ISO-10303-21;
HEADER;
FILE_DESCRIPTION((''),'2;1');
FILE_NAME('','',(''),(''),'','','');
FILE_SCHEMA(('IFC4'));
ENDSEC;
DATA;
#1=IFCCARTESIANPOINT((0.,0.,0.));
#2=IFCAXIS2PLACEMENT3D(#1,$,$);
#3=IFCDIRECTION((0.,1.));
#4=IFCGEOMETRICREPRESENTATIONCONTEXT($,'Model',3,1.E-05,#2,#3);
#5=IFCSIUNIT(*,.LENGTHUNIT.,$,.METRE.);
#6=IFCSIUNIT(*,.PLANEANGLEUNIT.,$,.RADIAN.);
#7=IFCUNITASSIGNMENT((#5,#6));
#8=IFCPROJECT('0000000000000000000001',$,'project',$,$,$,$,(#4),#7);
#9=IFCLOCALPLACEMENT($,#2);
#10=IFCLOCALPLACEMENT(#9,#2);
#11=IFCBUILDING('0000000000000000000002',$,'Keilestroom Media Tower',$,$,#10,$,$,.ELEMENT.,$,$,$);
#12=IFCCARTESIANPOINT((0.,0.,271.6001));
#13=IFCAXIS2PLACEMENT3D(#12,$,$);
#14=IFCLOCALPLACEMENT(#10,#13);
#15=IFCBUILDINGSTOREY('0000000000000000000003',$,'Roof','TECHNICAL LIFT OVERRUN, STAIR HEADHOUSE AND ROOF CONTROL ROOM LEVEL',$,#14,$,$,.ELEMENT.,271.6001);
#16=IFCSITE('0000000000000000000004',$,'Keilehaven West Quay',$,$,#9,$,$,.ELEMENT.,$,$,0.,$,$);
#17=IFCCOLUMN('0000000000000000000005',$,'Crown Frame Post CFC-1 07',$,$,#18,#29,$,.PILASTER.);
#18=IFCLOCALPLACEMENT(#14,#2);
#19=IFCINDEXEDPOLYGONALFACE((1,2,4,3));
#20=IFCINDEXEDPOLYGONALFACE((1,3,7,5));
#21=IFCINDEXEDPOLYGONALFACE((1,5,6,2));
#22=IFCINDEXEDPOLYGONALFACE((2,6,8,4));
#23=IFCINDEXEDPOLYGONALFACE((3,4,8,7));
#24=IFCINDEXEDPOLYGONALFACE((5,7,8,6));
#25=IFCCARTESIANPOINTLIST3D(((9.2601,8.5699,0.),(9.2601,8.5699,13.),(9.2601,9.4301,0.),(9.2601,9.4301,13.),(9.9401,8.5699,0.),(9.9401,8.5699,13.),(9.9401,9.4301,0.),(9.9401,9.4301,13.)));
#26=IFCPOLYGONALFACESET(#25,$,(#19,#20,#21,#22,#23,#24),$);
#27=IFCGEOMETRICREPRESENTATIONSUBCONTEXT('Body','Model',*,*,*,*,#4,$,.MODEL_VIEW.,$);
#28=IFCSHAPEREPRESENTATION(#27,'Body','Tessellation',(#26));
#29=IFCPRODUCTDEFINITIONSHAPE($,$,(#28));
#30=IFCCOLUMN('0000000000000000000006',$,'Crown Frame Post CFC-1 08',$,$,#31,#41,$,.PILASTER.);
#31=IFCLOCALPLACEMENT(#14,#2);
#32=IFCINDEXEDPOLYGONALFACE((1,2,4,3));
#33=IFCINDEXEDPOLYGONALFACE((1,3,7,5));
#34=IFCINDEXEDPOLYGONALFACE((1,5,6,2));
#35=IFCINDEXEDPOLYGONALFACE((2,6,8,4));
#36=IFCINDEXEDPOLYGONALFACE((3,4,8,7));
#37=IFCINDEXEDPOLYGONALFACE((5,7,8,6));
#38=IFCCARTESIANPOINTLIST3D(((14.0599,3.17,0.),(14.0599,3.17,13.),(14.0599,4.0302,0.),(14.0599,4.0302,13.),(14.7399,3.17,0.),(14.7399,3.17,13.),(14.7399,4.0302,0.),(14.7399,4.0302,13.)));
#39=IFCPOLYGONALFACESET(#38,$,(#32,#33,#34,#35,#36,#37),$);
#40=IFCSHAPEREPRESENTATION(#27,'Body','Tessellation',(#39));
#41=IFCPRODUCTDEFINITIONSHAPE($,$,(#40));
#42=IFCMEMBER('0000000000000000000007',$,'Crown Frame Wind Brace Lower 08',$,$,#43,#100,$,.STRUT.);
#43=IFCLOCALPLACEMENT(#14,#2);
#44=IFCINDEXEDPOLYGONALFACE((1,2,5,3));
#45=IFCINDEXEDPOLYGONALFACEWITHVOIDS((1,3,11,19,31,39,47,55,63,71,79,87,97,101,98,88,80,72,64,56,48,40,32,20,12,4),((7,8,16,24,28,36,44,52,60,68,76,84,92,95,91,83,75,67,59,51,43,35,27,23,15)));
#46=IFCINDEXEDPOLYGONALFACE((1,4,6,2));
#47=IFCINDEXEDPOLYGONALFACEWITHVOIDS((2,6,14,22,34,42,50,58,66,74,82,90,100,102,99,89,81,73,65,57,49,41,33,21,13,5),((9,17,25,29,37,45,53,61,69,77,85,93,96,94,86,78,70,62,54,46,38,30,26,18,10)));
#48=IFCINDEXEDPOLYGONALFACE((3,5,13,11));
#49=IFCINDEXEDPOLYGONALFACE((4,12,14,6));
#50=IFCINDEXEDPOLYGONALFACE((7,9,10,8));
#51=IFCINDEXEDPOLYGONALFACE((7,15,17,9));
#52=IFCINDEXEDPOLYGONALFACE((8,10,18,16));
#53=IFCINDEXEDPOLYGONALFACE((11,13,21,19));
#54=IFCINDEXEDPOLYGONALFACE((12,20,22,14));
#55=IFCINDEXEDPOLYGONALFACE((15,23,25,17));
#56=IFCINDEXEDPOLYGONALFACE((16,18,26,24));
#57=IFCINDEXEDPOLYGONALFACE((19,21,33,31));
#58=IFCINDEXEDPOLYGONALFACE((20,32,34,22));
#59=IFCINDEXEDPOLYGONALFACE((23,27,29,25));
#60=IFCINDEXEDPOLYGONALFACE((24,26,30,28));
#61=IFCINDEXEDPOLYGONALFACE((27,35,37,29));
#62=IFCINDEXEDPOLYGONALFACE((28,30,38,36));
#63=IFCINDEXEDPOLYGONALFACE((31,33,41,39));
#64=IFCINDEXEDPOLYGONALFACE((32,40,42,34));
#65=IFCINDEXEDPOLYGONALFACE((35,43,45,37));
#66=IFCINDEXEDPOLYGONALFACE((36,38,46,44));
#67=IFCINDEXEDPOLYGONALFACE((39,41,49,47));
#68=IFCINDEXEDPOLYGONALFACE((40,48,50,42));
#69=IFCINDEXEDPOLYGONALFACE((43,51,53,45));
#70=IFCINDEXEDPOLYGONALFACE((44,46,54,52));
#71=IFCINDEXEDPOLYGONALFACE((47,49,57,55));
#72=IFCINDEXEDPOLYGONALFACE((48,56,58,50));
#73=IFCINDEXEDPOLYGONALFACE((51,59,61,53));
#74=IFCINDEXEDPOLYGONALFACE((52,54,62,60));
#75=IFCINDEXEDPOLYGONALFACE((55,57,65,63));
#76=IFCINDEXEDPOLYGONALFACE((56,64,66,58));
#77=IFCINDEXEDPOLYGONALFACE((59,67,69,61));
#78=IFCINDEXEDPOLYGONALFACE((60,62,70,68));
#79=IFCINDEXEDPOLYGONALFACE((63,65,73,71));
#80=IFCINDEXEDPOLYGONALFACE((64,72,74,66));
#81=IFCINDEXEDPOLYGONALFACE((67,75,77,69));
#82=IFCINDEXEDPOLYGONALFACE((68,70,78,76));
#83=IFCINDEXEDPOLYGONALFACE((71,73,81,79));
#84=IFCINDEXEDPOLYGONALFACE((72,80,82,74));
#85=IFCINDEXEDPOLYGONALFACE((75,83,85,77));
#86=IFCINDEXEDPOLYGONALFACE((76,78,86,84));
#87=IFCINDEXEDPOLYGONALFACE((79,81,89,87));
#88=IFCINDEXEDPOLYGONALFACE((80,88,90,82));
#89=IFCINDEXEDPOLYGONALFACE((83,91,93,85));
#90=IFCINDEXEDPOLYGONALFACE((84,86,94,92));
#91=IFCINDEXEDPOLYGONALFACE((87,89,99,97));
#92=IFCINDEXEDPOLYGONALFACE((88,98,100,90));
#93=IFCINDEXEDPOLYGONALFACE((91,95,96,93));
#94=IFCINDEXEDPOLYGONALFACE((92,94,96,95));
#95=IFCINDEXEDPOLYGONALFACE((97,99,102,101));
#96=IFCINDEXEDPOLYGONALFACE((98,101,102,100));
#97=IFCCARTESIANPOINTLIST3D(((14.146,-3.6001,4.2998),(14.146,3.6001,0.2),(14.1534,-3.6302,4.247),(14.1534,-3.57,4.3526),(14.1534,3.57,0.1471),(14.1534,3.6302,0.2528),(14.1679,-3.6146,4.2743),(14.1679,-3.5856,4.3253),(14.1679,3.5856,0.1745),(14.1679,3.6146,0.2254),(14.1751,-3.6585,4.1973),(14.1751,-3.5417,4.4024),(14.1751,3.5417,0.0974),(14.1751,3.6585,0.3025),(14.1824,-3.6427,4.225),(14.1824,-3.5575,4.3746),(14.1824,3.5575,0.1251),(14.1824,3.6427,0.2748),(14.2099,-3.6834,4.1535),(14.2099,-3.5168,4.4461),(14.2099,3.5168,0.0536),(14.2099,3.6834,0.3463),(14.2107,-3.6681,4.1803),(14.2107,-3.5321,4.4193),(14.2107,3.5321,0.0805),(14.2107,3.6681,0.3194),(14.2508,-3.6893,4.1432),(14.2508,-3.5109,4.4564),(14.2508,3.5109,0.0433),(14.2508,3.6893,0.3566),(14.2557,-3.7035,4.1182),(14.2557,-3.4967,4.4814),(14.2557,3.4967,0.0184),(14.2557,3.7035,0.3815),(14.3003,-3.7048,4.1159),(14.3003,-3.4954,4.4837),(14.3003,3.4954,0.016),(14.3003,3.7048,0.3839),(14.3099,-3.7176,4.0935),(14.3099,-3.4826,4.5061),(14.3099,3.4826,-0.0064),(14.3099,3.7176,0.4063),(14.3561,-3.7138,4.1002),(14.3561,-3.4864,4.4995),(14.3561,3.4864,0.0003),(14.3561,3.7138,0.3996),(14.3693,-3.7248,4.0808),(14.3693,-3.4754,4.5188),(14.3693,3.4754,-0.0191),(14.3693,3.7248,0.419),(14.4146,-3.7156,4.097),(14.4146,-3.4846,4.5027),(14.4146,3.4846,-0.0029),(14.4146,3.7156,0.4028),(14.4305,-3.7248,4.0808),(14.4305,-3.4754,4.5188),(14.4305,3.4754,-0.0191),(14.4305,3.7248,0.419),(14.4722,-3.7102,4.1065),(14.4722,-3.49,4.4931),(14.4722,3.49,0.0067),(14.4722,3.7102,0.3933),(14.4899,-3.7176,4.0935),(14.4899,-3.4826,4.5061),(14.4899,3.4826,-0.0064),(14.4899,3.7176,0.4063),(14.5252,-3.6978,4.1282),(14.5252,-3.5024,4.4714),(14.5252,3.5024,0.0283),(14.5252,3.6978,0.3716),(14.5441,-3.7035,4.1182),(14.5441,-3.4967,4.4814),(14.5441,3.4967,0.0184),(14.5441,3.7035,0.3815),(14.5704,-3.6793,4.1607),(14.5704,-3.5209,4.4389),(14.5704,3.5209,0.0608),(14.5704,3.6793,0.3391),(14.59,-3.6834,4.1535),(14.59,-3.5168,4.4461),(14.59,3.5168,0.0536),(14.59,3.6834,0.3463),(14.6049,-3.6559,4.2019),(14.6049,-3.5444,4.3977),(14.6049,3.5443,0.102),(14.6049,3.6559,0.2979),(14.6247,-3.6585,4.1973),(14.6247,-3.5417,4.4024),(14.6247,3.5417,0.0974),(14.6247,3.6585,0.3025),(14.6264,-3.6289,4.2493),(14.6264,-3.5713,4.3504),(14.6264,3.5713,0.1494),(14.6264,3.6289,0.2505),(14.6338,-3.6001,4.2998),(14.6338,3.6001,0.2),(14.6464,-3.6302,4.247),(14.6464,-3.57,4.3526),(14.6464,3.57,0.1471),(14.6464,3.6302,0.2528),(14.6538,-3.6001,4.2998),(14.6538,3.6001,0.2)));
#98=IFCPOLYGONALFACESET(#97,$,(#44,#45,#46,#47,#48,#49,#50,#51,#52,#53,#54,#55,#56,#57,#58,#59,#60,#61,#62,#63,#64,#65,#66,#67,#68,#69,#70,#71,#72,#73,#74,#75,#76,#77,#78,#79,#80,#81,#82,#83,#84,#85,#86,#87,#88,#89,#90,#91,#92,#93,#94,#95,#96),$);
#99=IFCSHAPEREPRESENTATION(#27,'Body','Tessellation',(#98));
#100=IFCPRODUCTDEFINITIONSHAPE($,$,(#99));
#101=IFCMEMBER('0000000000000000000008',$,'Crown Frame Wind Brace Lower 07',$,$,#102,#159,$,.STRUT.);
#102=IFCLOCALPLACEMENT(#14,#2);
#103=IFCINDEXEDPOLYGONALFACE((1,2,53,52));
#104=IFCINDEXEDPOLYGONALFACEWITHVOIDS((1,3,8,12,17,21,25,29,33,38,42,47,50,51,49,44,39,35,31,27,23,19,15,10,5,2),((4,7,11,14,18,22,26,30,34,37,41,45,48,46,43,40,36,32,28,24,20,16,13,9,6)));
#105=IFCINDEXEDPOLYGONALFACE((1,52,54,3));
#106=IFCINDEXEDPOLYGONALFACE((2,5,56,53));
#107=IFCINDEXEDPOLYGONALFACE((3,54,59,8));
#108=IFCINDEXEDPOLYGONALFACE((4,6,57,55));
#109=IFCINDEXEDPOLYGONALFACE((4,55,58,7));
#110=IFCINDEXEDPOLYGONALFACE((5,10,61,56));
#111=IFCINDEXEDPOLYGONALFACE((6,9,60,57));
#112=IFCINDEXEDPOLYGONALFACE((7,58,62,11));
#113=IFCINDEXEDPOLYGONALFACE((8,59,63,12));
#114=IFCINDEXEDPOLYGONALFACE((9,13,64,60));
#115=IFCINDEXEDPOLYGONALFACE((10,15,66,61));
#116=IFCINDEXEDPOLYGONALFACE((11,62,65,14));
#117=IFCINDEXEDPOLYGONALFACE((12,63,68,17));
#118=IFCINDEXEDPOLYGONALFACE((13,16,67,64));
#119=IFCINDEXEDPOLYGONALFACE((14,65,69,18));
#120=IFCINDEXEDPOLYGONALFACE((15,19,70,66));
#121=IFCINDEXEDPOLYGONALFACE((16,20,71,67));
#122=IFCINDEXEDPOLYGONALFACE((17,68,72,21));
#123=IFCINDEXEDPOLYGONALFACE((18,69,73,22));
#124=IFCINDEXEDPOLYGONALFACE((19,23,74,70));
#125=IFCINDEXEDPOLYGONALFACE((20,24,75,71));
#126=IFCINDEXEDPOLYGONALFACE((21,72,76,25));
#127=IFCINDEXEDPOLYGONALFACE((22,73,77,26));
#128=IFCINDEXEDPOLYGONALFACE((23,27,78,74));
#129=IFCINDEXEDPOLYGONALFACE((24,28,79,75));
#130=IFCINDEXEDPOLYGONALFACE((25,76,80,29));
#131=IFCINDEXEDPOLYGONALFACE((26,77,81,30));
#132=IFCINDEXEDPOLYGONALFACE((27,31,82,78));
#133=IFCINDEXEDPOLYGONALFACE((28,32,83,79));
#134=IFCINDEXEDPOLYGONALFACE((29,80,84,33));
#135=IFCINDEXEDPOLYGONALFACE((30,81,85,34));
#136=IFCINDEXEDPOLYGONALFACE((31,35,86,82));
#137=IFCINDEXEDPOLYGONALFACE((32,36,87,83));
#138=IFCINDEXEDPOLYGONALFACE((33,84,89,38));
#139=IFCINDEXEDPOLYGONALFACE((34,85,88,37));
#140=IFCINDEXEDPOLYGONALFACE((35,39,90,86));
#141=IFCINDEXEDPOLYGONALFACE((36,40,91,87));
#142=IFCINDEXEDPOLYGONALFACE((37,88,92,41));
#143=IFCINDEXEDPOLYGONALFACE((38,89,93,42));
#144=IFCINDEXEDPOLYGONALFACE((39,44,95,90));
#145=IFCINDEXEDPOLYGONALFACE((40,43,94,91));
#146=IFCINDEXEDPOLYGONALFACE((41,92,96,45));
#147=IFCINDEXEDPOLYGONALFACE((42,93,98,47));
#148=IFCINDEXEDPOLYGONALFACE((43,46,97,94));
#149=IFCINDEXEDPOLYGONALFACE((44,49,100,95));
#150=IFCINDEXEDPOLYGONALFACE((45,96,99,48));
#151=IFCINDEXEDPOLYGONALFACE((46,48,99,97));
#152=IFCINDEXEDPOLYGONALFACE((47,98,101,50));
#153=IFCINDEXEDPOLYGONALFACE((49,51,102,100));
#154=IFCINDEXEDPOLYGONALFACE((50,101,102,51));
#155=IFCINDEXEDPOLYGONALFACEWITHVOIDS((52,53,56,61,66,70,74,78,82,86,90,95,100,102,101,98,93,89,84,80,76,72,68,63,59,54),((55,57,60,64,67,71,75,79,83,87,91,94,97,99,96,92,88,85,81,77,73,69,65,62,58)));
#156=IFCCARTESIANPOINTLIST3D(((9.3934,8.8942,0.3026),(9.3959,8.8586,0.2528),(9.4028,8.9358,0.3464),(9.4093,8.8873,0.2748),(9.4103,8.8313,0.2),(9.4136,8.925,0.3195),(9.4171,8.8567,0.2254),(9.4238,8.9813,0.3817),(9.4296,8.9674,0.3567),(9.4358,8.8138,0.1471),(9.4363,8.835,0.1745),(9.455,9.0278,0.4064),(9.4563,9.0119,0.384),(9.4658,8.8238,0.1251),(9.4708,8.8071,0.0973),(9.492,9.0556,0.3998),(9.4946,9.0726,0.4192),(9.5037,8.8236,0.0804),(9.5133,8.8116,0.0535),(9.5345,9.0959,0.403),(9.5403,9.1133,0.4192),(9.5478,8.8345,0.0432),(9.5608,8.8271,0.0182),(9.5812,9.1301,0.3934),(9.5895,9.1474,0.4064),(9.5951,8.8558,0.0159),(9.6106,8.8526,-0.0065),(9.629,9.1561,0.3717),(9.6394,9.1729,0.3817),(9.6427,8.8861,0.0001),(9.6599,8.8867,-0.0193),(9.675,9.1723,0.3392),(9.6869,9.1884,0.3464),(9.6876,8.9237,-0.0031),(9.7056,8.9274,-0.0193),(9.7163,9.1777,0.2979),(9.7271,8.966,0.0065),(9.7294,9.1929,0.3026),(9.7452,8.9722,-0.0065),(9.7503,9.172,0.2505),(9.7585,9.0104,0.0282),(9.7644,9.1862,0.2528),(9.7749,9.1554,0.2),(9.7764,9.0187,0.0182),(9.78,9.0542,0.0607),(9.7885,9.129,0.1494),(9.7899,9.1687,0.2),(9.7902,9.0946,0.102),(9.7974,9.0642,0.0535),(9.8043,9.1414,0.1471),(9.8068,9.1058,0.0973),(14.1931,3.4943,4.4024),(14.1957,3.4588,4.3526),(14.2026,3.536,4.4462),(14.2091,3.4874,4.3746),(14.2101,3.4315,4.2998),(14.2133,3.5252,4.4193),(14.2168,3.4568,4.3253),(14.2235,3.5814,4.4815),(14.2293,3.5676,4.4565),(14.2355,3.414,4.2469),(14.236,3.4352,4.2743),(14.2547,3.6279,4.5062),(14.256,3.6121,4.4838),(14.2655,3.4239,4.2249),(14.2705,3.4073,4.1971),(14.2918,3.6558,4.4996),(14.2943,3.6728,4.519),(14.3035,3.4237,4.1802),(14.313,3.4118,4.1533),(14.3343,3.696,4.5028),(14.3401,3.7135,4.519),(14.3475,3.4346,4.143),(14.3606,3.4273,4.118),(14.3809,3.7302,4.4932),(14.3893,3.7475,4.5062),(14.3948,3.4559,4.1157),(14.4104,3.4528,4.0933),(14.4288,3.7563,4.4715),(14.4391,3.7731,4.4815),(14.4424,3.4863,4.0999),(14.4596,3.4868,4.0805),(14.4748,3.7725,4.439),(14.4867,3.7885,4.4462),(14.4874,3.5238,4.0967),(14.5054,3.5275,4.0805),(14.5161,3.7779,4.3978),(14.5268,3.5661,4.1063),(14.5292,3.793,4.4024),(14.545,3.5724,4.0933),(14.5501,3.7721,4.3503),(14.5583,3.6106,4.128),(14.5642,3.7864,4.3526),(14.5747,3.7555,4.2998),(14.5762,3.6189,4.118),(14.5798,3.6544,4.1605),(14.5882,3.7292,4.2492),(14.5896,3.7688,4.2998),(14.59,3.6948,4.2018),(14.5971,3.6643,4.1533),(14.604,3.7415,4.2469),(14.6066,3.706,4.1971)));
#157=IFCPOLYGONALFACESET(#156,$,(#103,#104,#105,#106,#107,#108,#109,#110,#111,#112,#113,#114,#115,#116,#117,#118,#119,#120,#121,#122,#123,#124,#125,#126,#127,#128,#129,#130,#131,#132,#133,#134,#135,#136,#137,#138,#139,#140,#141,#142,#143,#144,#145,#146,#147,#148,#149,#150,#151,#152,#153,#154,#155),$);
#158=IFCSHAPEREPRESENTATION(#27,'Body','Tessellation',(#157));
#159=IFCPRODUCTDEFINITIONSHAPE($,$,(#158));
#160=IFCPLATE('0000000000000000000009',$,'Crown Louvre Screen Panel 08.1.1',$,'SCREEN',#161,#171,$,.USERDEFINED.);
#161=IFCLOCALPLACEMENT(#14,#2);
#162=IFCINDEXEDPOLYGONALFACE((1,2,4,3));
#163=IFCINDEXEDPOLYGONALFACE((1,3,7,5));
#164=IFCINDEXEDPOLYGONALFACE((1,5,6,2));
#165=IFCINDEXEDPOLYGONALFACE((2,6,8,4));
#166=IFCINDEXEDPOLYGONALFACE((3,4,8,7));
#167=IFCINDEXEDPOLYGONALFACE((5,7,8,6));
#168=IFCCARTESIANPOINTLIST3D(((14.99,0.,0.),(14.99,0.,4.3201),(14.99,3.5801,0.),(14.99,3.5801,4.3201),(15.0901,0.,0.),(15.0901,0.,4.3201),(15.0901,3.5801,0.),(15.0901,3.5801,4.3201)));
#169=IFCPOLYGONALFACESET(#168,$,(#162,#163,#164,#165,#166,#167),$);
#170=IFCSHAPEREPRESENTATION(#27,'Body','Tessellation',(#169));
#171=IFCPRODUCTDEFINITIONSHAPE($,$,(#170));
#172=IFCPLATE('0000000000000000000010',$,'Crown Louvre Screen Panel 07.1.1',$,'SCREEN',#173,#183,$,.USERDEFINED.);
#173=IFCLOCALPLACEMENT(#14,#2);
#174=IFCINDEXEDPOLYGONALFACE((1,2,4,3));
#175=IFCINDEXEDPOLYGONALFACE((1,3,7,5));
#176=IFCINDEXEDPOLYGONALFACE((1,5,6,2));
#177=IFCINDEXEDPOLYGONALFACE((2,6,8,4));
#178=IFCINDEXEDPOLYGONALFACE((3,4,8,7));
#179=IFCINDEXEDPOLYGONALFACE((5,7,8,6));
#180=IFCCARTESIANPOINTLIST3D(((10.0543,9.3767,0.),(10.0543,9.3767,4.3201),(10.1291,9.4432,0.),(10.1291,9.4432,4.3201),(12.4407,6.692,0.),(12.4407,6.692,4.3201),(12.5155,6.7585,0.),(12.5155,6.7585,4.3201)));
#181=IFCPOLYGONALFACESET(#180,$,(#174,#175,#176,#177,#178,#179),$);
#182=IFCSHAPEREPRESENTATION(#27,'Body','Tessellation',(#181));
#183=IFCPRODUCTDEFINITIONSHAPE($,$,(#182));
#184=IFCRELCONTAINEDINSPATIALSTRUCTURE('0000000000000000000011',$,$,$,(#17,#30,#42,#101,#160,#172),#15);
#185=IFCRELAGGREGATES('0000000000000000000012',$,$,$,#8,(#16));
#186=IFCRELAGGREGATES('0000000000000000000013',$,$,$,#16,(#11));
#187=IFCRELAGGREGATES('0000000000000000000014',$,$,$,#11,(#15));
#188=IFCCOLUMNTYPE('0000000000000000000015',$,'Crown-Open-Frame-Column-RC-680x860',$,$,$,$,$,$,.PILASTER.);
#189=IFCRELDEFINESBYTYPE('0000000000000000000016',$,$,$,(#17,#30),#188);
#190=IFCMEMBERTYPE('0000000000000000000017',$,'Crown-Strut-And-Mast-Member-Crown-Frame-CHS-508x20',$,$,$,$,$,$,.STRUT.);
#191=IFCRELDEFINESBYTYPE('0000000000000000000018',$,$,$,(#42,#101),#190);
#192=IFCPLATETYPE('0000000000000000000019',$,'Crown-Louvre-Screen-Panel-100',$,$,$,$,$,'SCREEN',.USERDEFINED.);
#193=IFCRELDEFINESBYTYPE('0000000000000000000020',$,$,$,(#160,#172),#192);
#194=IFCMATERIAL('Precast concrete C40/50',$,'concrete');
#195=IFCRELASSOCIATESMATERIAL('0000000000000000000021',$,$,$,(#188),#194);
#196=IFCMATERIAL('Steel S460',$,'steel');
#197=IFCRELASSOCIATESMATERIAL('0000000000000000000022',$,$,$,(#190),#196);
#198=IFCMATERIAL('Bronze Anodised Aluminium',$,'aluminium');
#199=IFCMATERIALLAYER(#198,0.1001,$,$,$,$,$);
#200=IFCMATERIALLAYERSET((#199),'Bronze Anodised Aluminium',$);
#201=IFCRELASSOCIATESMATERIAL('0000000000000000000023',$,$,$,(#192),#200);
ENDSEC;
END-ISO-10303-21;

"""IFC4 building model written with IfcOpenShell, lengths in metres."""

from ifc_helpers import new_model, si_unit, direction, frame, origin, origin_2d, place, context, subcontext, project, spatial, rectangle, hollow_circle, extrude, source, transform, mapped, material, layer, layer_set, material_profile, profile_set, type_object, element, save


model = new_model("IFC4")

# Units and contexts
model_context = context("Model", 3, precision=1e-05, world=origin(), true_north=direction((0.0, 1.0)))
body_context = subcontext(model_context, "Body", "Model", "MODEL_VIEW")
ifc_project = project(units=[si_unit("LENGTHUNIT", "METRE"), si_unit("PLANEANGLEUNIT", "RADIAN")], contexts=[model_context])

# Site, building, storey
site_placement = place(None, origin())
site = spatial("IfcSite", under=ifc_project, at=site_placement, Name="Keilehaven West Quay", CompositionType="ELEMENT", RefElevation=0.0)
building_placement = place(site_placement, origin())
building = spatial("IfcBuilding", under=site, at=building_placement, Name="Keilestroom Media Tower", CompositionType="ELEMENT")
storey_placement = place(building_placement, frame((0.0, 0.0, 271.6001)))
storey = spatial("IfcBuildingStorey", under=building, at=storey_placement, Name="Roof", Description="TECHNICAL LIFT OVERRUN, STAIR HEADHOUSE AND ROOF CONTROL ROOM LEVEL", CompositionType="ELEMENT", Elevation=271.6001)

# Columns
ifc_material_1 = material(Name="Precast concrete C40/50", Category="concrete")
ifc_material_profile_1 = material_profile(ifc_material_1, rectangle(XDim=0.6799, YDim=0.8601, at=origin_2d()), Name="CF 860x680")
ifc_profile_set_1 = profile_set([ifc_material_profile_1], Name="Precast concrete C40/50")
column_type = type_object("IfcColumnType", Name="Crown-Open-Frame-Column-RC-680x860", PredefinedType="PILASTER", material=ifc_profile_set_1)
shared_shape_1 = source(origin(), body_context, "Body", "SweptSolid", [
    extrude(rectangle(XDim=0.6799, YDim=0.8601, at=origin_2d()), origin(), (0.0, 0.0, 1.0), 13.0),
])
for number, where, z_axis, x_axis, name in (
    (1, (9.6001, 9.0, 0.0), (0.0, 0.0, 1.0), (1.0, 0.0, 0.0), "Crown Frame Post CFC-1 07"),
    (2, (14.3999, 3.6001, 0.0), (0.0, 0.0, 1.0), (1.0, 0.0, 0.0), "Crown Frame Post CFC-1 08"),
):
    element("IfcColumn", number, at=place(storey_placement, frame(where, z_axis=z_axis, x_axis=x_axis)), inside=storey, type_object=column_type, Name=name, PredefinedType="PILASTER", context=body_context, shape_type="MappedRepresentation", body=[
        mapped(shared_shape_1, transform((0.0, 0.0, 0.0), x_axis=(1.0, 0.0, 0.0), y_axis=(0.0, 1.0, 0.0), z_axis=(0.0, 0.0, 1.0), scale=1.0)),
    ])

# Members
ifc_material_2 = material(Name="Steel S460", Category="steel")
ifc_material_profile_2 = material_profile(ifc_material_2, hollow_circle(Radius=0.2539, WallThickness=0.02, at=origin_2d()), Name="CHS 508x20")
ifc_profile_set_2 = profile_set([ifc_material_profile_2], Name="Steel S460")
member_type = type_object("IfcMemberType", Name="Crown-Strut-And-Mast-Member-Crown-Frame-CHS-508x20", PredefinedType="STRUT", material=ifc_profile_set_2)
shared_shape_2 = source(origin(), body_context, "Body", "SweptSolid", [
    extrude(hollow_circle(Radius=0.2539, WallThickness=0.02, at=origin_2d()), origin(), (0.0, 0.0, 1.0), 8.2856),
])
member_1_placement = place(storey_placement, frame((14.3999, 3.6001, 0.2), z_axis=(0.0, -0.868998, 0.494815), x_axis=(1.0, 0.0, 0.0)))
element("IfcMember", 3, at=member_1_placement, inside=storey, type_object=member_type, Name="Crown Frame Wind Brace Lower 08", PredefinedType="STRUT", context=body_context, shape_type="MappedRepresentation", body=[
    mapped(shared_shape_2, transform((0.0, 0.0, 0.0), x_axis=(1.0, 0.0, 0.0), y_axis=(0.0, 1.0, 0.0), z_axis=(0.0, 0.0, 1.0), scale=1.0)),
])
shared_shape_3 = source(origin(), body_context, "Body", "SweptSolid", [
    extrude(hollow_circle(Radius=0.2539, WallThickness=0.02, at=origin_2d()), origin(), (0.0, 0.0, 1.0), 8.3069),
])
member_2_placement = place(storey_placement, frame((9.6001, 9.0, 0.2), z_axis=(0.577804, -0.650044, 0.493543), x_axis=(0.747417, 0.664355, 0.0)))
element("IfcMember", 4, at=member_2_placement, inside=storey, type_object=member_type, Name="Crown Frame Wind Brace Lower 07", PredefinedType="STRUT", context=body_context, shape_type="MappedRepresentation", body=[
    mapped(shared_shape_3, transform((0.0, 0.0, 0.0), x_axis=(1.0, 0.0, 0.0), y_axis=(0.0, 1.0, 0.0), z_axis=(0.0, 0.0, 1.0), scale=1.0)),
])

# Plates
ifc_material_3 = material(Name="Bronze Anodised Aluminium", Category="aluminium")
ifc_layer_1 = layer(ifc_material_3, 0.1001)
ifc_layer_set_1 = layer_set([ifc_layer_1], Name="Bronze Anodised Aluminium")
plate_type = type_object("IfcPlateType", Name="Crown-Louvre-Screen-Panel-100", ElementType="SCREEN", PredefinedType="USERDEFINED", material=ifc_layer_set_1)
shared_shape_4 = source(origin(), body_context, "Body", "SweptSolid", [
    extrude(rectangle(XDim=3.5801, YDim=0.1001, at=origin_2d()), origin(), (0.0, 0.0, 1.0), 4.3201),
])
plate_1_placement = place(storey_placement, frame((15.04, 1.79, 0.0), z_axis=(0.0, 0.0, 1.0), x_axis=(0.0, -1.0, 0.0)))
element("IfcPlate", 5, at=plate_1_placement, inside=storey, type_object=plate_type, Name="Crown Louvre Screen Panel 08.1.1", ObjectType="SCREEN", PredefinedType="USERDEFINED", context=body_context, shape_type="MappedRepresentation", body=[
    mapped(shared_shape_4, transform((0.0, 0.0, 0.0), x_axis=(1.0, 0.0, 0.0), y_axis=(0.0, 1.0, 0.0), z_axis=(0.0, 0.0, 1.0), scale=1.0)),
])
shared_shape_5 = source(origin(), body_context, "Body", "SweptSolid", [
    extrude(rectangle(XDim=3.592, YDim=0.1001, at=origin_2d()), origin(), (0.0, 0.0, 1.0), 4.3201),
])
for number, where, z_axis, x_axis, name in (
    (6, (11.2849, 8.0676, 0.0), (0.0, 0.0, 1.0), (0.664363, -0.74741, 0.0), "Crown Louvre Screen Panel 07.1.1"),
):
    element("IfcPlate", number, at=place(storey_placement, frame(where, z_axis=z_axis, x_axis=x_axis)), inside=storey, type_object=plate_type, Name=name, ObjectType="SCREEN", PredefinedType="USERDEFINED", context=body_context, shape_type="MappedRepresentation", body=[
        mapped(shared_shape_5, transform((0.0, 0.0, 0.0), x_axis=(1.0, 0.0, 0.0), y_axis=(0.0, 1.0, 0.0), z_axis=(0.0, 0.0, 1.0), scale=1.0)),
    ])

save(model, "model.ifc")
